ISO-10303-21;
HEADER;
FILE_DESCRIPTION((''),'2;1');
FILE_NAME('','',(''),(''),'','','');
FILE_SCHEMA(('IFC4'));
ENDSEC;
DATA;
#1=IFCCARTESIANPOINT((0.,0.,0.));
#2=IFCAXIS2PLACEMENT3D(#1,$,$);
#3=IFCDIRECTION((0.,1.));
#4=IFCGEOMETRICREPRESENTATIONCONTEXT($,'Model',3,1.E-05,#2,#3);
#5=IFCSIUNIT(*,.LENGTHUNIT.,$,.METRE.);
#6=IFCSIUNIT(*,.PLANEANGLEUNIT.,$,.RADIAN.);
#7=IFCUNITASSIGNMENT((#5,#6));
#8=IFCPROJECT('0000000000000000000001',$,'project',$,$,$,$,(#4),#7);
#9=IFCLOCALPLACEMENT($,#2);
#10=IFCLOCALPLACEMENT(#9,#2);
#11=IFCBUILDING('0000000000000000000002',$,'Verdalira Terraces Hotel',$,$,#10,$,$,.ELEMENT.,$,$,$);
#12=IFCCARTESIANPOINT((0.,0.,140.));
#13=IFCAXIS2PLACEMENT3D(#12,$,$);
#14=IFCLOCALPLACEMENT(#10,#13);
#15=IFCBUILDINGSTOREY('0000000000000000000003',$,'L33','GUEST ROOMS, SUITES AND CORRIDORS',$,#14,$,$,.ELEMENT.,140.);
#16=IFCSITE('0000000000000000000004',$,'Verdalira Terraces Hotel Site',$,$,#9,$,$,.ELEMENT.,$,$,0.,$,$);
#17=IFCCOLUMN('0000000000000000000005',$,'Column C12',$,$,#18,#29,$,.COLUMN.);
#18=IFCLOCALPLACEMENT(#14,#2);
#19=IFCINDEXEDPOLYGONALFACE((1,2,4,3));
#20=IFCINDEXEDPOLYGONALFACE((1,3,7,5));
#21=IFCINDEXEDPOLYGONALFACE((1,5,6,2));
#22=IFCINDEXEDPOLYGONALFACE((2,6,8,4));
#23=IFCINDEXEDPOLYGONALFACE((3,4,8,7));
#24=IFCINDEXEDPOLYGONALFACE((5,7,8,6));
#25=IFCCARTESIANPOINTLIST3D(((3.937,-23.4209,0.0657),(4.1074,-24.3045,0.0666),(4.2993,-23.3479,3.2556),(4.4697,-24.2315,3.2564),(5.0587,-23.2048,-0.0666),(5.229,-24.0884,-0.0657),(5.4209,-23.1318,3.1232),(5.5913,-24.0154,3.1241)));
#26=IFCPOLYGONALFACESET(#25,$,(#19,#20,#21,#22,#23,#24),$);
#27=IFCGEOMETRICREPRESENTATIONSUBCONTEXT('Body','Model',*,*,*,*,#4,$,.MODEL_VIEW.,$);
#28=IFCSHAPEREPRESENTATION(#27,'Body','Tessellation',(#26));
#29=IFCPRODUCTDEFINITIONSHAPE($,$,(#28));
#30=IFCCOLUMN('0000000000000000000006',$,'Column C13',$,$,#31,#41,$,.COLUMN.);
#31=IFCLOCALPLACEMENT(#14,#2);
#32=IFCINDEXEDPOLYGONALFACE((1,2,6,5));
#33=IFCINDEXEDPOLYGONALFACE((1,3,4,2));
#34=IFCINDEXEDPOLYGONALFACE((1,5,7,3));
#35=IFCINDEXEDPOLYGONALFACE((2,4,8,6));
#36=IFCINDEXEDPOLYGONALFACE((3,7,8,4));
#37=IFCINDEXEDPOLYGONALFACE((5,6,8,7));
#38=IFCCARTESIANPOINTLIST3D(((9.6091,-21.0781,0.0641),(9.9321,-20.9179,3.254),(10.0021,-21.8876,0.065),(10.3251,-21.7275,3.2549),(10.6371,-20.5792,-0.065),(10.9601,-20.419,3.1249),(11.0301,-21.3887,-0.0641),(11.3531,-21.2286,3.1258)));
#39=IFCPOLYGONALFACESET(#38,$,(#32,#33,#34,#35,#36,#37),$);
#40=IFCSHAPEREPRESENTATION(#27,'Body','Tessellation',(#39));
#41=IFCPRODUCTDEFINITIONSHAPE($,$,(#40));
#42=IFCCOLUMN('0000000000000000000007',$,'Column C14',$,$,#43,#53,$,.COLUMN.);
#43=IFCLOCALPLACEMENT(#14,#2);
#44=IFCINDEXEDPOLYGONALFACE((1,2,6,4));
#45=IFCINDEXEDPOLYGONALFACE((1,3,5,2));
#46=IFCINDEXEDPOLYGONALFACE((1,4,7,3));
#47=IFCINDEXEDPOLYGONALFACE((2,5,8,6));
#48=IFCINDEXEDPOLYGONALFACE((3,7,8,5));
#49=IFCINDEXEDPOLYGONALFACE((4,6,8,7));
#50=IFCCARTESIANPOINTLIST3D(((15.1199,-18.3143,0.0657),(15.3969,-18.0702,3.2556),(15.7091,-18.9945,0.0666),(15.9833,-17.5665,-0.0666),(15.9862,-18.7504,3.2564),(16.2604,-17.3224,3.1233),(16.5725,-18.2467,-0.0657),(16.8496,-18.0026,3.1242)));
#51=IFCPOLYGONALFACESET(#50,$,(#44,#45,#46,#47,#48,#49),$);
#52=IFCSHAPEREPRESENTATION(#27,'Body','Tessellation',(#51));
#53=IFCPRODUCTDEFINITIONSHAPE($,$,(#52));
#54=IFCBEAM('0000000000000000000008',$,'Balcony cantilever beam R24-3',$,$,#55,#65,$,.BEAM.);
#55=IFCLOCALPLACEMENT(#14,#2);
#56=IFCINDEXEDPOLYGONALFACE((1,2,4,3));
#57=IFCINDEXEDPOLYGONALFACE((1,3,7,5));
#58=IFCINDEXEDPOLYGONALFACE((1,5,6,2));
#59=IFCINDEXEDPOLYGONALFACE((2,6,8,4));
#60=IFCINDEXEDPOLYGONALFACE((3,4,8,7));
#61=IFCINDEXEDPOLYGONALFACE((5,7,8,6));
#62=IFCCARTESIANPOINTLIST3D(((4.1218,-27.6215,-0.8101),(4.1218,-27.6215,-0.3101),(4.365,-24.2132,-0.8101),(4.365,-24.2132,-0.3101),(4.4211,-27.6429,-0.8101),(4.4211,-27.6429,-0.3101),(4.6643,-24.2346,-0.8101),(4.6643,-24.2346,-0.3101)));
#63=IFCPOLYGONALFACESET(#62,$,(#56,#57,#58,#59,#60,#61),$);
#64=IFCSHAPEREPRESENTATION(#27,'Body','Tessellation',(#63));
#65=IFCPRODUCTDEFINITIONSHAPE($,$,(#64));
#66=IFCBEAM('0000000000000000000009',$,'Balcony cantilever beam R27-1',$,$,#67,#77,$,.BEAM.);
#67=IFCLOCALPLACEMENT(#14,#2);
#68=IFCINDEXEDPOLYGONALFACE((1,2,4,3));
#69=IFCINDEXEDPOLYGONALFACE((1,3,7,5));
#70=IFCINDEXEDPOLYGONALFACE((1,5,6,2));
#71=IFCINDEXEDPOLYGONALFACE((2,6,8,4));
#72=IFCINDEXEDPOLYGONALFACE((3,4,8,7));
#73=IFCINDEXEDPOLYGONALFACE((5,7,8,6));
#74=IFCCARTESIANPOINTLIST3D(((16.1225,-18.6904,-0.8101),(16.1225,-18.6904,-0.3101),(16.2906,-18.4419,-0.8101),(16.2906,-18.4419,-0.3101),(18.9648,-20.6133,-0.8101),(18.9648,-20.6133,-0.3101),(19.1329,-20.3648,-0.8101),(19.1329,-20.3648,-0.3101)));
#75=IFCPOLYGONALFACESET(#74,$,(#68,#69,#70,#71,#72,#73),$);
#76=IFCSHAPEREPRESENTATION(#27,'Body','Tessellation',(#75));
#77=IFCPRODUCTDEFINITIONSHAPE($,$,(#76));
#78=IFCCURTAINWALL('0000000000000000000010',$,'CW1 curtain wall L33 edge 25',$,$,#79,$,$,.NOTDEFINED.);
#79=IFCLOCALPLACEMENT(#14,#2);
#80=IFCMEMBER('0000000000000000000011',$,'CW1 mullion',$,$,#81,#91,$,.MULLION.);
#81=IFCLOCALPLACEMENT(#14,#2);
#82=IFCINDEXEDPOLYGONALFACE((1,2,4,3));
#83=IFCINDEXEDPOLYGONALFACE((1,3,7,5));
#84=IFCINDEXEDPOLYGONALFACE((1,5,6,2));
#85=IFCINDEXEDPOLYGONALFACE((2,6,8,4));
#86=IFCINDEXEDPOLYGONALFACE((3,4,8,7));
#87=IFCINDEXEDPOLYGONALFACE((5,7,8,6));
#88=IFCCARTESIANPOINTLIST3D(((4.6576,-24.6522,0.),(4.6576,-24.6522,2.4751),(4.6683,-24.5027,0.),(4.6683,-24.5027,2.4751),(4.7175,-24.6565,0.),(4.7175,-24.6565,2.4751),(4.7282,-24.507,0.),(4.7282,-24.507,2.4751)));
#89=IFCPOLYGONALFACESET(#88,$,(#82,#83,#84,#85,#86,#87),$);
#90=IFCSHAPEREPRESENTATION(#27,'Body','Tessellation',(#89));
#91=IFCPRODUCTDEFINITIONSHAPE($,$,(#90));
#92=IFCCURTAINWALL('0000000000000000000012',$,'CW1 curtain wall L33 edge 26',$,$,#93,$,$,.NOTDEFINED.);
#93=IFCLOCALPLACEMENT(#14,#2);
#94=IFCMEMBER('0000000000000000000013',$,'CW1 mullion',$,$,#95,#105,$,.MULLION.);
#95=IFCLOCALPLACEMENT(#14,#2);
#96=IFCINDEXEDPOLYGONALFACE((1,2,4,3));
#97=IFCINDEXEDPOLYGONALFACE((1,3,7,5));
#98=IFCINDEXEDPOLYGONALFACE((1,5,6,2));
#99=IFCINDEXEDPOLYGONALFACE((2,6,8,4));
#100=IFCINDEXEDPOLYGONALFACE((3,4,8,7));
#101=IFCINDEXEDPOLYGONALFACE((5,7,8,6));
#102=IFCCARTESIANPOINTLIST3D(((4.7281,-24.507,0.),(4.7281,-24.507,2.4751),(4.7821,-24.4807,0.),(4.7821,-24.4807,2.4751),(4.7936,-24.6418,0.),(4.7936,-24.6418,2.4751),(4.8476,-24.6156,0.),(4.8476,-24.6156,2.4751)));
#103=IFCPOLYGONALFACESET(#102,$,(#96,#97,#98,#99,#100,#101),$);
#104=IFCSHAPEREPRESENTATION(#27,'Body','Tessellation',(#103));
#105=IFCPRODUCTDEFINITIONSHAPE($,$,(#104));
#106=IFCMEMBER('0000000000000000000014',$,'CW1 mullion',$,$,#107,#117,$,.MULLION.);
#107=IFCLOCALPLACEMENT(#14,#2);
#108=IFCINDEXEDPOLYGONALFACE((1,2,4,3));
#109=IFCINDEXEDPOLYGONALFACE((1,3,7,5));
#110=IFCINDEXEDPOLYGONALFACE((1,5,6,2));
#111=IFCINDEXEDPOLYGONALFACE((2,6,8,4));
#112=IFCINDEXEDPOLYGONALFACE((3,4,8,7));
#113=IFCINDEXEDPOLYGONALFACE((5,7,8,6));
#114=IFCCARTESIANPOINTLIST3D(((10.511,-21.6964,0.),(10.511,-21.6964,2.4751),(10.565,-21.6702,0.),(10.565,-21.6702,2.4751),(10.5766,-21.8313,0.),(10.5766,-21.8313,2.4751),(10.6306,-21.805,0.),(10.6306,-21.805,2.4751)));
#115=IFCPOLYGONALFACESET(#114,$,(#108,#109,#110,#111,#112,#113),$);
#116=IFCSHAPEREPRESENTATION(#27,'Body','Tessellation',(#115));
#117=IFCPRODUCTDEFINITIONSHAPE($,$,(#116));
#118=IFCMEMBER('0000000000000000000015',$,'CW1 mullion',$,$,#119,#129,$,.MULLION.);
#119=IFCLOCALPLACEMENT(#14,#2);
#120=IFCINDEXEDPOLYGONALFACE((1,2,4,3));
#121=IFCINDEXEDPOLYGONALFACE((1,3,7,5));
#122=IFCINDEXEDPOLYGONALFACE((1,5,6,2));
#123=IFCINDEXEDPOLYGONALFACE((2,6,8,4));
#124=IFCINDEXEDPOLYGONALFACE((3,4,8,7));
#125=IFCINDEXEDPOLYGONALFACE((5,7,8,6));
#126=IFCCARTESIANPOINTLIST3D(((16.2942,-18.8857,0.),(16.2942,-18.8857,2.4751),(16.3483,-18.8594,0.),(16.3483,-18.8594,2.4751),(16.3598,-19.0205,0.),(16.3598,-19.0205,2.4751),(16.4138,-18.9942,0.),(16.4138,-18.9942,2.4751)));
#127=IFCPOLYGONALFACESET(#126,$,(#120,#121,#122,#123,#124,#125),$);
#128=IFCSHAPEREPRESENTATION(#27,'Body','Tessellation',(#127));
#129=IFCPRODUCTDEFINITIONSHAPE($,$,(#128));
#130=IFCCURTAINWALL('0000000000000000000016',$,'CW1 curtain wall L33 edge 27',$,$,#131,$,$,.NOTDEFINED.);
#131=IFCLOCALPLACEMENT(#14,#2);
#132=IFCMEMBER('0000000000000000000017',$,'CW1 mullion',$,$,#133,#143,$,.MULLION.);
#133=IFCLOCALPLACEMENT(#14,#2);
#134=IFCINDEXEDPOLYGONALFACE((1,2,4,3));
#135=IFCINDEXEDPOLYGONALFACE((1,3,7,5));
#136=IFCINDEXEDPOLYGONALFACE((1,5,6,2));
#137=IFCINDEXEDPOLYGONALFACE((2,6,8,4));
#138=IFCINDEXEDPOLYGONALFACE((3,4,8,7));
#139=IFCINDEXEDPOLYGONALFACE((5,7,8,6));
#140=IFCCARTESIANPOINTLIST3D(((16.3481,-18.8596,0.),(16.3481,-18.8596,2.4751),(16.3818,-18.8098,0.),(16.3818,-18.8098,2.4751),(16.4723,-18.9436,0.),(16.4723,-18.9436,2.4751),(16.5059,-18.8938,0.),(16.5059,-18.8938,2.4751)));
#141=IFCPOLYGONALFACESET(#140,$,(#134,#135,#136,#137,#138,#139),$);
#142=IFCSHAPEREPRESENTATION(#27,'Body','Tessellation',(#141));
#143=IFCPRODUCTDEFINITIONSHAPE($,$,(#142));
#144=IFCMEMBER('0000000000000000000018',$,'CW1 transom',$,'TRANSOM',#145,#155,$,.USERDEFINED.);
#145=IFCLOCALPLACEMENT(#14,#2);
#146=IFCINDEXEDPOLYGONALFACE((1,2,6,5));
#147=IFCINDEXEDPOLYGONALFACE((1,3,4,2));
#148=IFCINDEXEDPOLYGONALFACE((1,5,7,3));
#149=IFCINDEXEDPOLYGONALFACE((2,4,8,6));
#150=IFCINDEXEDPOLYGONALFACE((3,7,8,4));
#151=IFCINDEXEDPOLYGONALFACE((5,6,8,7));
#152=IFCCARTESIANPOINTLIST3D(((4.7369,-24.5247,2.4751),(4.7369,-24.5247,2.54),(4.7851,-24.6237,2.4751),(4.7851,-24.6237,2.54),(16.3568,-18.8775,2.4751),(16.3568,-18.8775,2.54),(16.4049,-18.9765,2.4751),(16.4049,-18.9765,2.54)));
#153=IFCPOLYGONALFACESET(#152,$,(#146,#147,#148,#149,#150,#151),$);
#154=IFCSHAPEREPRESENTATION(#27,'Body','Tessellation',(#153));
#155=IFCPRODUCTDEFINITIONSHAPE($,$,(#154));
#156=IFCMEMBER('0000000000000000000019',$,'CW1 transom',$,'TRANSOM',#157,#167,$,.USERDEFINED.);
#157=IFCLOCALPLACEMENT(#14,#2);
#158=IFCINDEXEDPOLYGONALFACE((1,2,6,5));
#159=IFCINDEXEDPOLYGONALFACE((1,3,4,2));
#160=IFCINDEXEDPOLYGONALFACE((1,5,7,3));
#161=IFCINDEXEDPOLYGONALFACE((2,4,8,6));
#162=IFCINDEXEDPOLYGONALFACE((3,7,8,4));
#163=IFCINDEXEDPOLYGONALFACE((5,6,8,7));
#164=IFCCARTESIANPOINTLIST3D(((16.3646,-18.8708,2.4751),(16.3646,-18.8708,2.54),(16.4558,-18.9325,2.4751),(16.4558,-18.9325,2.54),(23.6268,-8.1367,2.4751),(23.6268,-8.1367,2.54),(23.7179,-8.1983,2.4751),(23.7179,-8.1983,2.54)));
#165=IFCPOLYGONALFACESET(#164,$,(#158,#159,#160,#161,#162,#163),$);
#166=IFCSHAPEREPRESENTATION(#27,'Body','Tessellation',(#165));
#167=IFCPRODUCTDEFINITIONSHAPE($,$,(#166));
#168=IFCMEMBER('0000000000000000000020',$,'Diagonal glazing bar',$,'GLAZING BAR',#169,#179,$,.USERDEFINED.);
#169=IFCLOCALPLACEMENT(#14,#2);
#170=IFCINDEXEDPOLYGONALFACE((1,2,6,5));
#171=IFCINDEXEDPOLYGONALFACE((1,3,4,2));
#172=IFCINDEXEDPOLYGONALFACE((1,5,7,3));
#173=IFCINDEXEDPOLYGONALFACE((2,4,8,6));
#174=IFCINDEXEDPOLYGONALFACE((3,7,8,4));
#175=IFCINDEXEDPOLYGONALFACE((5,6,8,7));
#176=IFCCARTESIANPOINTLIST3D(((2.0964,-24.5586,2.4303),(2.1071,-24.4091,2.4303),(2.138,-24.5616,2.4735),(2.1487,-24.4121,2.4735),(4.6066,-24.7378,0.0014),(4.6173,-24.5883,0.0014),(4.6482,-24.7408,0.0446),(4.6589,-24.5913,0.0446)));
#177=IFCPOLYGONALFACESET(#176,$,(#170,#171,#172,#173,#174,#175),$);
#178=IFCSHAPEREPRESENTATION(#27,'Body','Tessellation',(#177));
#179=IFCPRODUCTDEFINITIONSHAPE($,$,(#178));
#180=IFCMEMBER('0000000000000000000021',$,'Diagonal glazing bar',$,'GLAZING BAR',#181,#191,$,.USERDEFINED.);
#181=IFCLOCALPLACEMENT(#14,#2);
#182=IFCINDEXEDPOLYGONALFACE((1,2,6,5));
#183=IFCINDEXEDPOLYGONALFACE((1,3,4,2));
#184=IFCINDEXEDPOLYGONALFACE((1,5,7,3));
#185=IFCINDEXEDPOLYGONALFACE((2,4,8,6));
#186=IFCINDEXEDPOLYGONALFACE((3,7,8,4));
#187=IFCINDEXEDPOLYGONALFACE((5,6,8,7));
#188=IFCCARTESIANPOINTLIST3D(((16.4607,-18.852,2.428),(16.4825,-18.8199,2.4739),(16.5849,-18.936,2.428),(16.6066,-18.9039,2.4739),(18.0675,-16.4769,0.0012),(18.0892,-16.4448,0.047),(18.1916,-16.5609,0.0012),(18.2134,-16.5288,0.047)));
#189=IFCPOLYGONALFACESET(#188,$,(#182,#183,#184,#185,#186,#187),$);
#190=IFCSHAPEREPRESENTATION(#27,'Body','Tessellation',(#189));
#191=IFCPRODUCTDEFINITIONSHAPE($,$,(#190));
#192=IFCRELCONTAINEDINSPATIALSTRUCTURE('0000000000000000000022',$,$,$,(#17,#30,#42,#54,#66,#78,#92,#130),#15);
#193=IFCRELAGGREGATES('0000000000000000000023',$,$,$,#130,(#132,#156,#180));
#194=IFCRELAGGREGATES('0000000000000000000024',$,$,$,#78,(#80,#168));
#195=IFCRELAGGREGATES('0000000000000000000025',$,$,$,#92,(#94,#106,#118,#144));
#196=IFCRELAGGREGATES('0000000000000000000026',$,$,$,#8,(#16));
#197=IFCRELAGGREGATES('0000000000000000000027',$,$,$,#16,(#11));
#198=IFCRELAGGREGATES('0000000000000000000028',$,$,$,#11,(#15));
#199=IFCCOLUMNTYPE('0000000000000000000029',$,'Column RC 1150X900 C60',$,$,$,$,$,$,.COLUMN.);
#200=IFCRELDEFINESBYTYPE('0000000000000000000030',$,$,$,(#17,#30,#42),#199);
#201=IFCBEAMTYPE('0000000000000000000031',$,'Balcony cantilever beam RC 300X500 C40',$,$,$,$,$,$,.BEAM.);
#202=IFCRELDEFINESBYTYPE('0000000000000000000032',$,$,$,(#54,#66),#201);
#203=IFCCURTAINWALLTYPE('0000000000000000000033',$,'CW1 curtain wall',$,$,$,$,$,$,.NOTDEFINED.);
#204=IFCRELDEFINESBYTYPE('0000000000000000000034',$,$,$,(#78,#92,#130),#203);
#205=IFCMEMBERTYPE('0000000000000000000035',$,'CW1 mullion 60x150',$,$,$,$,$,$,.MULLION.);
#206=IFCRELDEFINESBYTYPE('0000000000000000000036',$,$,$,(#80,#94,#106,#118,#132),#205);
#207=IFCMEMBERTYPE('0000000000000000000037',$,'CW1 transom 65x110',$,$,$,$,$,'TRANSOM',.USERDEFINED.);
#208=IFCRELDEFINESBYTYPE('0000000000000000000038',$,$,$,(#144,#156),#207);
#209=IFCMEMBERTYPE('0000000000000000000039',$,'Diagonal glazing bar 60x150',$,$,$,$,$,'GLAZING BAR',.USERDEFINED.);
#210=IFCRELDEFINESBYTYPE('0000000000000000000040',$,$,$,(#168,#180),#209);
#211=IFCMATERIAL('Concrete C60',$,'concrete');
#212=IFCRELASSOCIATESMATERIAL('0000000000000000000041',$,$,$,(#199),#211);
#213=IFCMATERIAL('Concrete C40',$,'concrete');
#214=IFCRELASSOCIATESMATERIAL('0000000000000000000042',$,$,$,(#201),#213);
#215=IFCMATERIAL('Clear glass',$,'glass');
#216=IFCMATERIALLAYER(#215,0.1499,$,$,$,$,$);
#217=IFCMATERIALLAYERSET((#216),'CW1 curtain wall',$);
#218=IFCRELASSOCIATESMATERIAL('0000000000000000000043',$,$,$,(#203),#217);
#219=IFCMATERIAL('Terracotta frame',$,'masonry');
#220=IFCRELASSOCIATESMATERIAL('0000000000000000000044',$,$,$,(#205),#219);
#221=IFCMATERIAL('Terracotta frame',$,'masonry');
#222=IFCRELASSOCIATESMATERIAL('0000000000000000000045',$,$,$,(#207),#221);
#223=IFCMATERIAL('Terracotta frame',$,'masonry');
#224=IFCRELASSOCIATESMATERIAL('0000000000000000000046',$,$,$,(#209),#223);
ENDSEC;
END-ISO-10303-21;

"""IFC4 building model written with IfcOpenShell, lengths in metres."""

from ifc_helpers import new_model, si_unit, direction, frame, origin, origin_2d, place, context, subcontext, project, spatial, rectangle, extrude, material, layer, layer_set, material_profile, profile_set, type_object, element, aggregate, save


model = new_model("IFC4")

# Units and contexts
model_context = context("Model", 3, precision=1e-05, world=origin(), true_north=direction((0.0, 1.0)))
body_context = subcontext(model_context, "Body", "Model", "MODEL_VIEW")
ifc_project = project(units=[si_unit("LENGTHUNIT", "METRE"), si_unit("PLANEANGLEUNIT", "RADIAN")], contexts=[model_context])

# Site, building, storey
site_placement = place(None, origin())
site = spatial("IfcSite", under=ifc_project, at=site_placement, Name="Verdalira Terraces Hotel Site", CompositionType="ELEMENT", RefElevation=0.0)
building_placement = place(site_placement, origin())
building = spatial("IfcBuilding", under=site, at=building_placement, Name="Verdalira Terraces Hotel", CompositionType="ELEMENT")
storey_placement = place(building_placement, frame((0.0, 0.0, 140.0)))
storey = spatial("IfcBuildingStorey", under=building, at=storey_placement, Name="L33", Description="GUEST ROOMS, SUITES AND CORRIDORS", CompositionType="ELEMENT", Elevation=140.0)

# Columns
ifc_material_1 = material(Name="Concrete C60", Category="concrete")
ifc_material_profile_1 = material_profile(ifc_material_1, rectangle(XDim=1.1499, YDim=0.8999, at=origin_2d()), Name="RC 1150X900")
ifc_profile_set_1 = profile_set([ifc_material_profile_1], Name="Concrete C60")
column_type = type_object("IfcColumnType", Name="Column RC 1150X900 C60", PredefinedType="COLUMN", material=ifc_profile_set_1)
column_1_placement = place(storey_placement, frame((4.583, -23.7546, 0.0), z_axis=(0.112823, 0.022732, 0.993355), x_axis=(-0.975417, -0.187927, 0.115086)))
element("IfcColumn", 1, at=column_1_placement, inside=storey, type_object=column_type, Name="Column C12", PredefinedType="COLUMN", context=body_context, shape_type="SweptSolid", body=[
    extrude(rectangle(XDim=1.1499, YDim=0.8999, at=origin_2d()), origin(), (0.0, 0.0, 1.0), 3.2112),
])
column_2_placement = place(storey_placement, frame((10.3196, -21.2334, 0.0), z_axis=(0.100615, 0.049889, 0.993674), x_axis=(0.893958, 0.433852, -0.1123)))
element("IfcColumn", 2, at=column_2_placement, inside=storey, type_object=column_type, Name="Column C13", PredefinedType="COLUMN", context=body_context, shape_type="SweptSolid", body=[
    extrude(rectangle(XDim=1.1499, YDim=0.8999, at=origin_2d()), origin(), (0.0, 0.0, 1.0), 3.2102),
])
column_3_placement = place(storey_placement, frame((15.8462, -18.2805, 0.0), z_axis=(0.08629, 0.076027, 0.993365), x_axis=(-0.75089, -0.650338, 0.115001)))
element("IfcColumn", 3, at=column_3_placement, inside=storey, type_object=column_type, Name="Column C14", PredefinedType="COLUMN", context=body_context, shape_type="SweptSolid", body=[
    extrude(rectangle(XDim=1.1499, YDim=0.8999, at=origin_2d()), origin(), (0.0, 0.0, 1.0), 3.2112),
])

# Beams
ifc_material_2 = material(Name="Concrete C40", Category="concrete")
ifc_material_profile_2 = material_profile(ifc_material_2, rectangle(XDim=0.3, YDim=0.5, at=origin_2d()), Name="RC 300X500")
ifc_profile_set_2 = profile_set([ifc_material_profile_2], Name="Concrete C40")
beam_type_1 = type_object("IfcBeamType", Name="Balcony cantilever beam RC 300X500 C40", PredefinedType="BEAM", material=ifc_profile_set_2)
beam_1_placement = place(storey_placement, frame((4.5146, -24.2239, -0.5601), z_axis=(-0.071161, -0.997465, 0.0), x_axis=(0.997465, -0.071161, 0.0)))
element("IfcBeam", 4, at=beam_1_placement, inside=storey, type_object=beam_type_1, Name="Balcony cantilever beam R24-3", PredefinedType="BEAM", context=body_context, shape_type="SweptSolid", body=[
    extrude(rectangle(XDim=0.3, YDim=0.5, at=origin_2d()), origin(), (0.0, 0.0, 1.0), 3.417),
])
beam_2_placement = place(storey_placement, frame((16.2065, -18.5662, -0.5601), z_axis=(0.828266, -0.560335, 0.0), x_axis=(0.560335, 0.828266, 0.0)))
element("IfcBeam", 5, at=beam_2_placement, inside=storey, type_object=beam_type_1, Name="Balcony cantilever beam R27-1", PredefinedType="BEAM", context=body_context, shape_type="SweptSolid", body=[
    extrude(rectangle(XDim=0.3, YDim=0.5, at=origin_2d()), origin(), (0.0, 0.0, 1.0), 3.4316),
])

# Curtain wall, member
ifc_material_3 = material(Name="Clear glass", Category="glass")
ifc_layer_1 = layer(ifc_material_3, 0.1499)
ifc_layer_set_1 = layer_set([ifc_layer_1], Name="CW1 curtain wall")
curtain_wall_type = type_object("IfcCurtainWallType", Name="CW1 curtain wall", PredefinedType="NOTDEFINED", material=ifc_layer_set_1)
curtain_wall_1_placement = place(storey_placement, origin())
curtain_wall_1 = element("IfcCurtainWall", 6, at=curtain_wall_1_placement, inside=storey, type_object=curtain_wall_type, Name="CW1 curtain wall L33 edge 25", PredefinedType="NOTDEFINED")
ifc_material_4 = material(Name="Terracotta frame", Category="masonry")
ifc_material_profile_3 = material_profile(ifc_material_4, rectangle(XDim=0.0601, YDim=0.1499, at=origin_2d()), Name="MU 60x150")
ifc_profile_set_3 = profile_set([ifc_material_profile_3], Name="Terracotta frame")
member_type_1 = type_object("IfcMemberType", Name="CW1 mullion 60x150", PredefinedType="MULLION", material=ifc_profile_set_3)
member_1_placement = place(storey_placement, frame((4.6929, -24.5796, 0.0), z_axis=(0.0, 0.0, 1.0), x_axis=(0.997466, -0.071149, 0.0)))
member_1 = element("IfcMember", 7, at=member_1_placement, type_object=member_type_1, Name="CW1 mullion", PredefinedType="MULLION", context=body_context, shape_type="SweptSolid", body=[
    extrude(rectangle(XDim=0.0601, YDim=0.1499, at=origin_2d()), origin(), (0.0, 0.0, 1.0), 2.4751),
])

# Curtain wall, members
curtain_wall_2_placement = place(storey_placement, origin())
curtain_wall_2 = element("IfcCurtainWall", 8, at=curtain_wall_2_placement, inside=storey, type_object=curtain_wall_type, Name="CW1 curtain wall L33 edge 26", PredefinedType="NOTDEFINED")
member_2_placement = place(storey_placement, frame((4.7878, -24.5613, 0.0), z_axis=(0.0, 0.0, 1.0), x_axis=(0.899405, 0.437116, 0.0)))
member_2 = element("IfcMember", 9, at=member_2_placement, type_object=member_type_1, Name="CW1 mullion", PredefinedType="MULLION", context=body_context, shape_type="SweptSolid", body=[
    extrude(rectangle(XDim=0.0601, YDim=0.1499, at=origin_2d()), origin(), (0.0, 0.0, 1.0), 2.4751),
])
member_3_placement = place(storey_placement, frame((10.5708, -21.7507, 0.0), z_axis=(0.0, 0.0, 1.0), x_axis=(0.899405, 0.437116, 0.0)))
member_3 = element("IfcMember", 10, at=member_3_placement, type_object=member_type_1, Name="CW1 mullion", PredefinedType="MULLION", context=body_context, shape_type="SweptSolid", body=[
    extrude(rectangle(XDim=0.0601, YDim=0.1499, at=origin_2d()), origin(), (0.0, 0.0, 1.0), 2.4751),
])
member_4_placement = place(storey_placement, frame((16.354, -18.9399, 0.0), z_axis=(0.0, 0.0, 1.0), x_axis=(0.899405, 0.437116, 0.0)))
member_4 = element("IfcMember", 11, at=member_4_placement, type_object=member_type_1, Name="CW1 mullion", PredefinedType="MULLION", context=body_context, shape_type="SweptSolid", body=[
    extrude(rectangle(XDim=0.0601, YDim=0.1499, at=origin_2d()), origin(), (0.0, 0.0, 1.0), 2.4751),
])

# Curtain wall, member
curtain_wall_3_placement = place(storey_placement, origin())
curtain_wall_3 = element("IfcCurtainWall", 12, at=curtain_wall_3_placement, inside=storey, type_object=curtain_wall_type, Name="CW1 curtain wall L33 edge 27", PredefinedType="NOTDEFINED")
member_5_placement = place(storey_placement, frame((16.427, -18.8767, 0.0), z_axis=(0.0, 0.0, 1.0), x_axis=(0.56035, 0.828256, 0.0)))
member_5 = element("IfcMember", 13, at=member_5_placement, type_object=member_type_1, Name="CW1 mullion", PredefinedType="MULLION", context=body_context, shape_type="SweptSolid", body=[
    extrude(rectangle(XDim=0.0601, YDim=0.1499, at=origin_2d()), origin(), (0.0, 0.0, 1.0), 2.4751),
])

# Members
ifc_material_5 = material(Name="Terracotta frame", Category="masonry")
ifc_material_profile_4 = material_profile(ifc_material_5, rectangle(XDim=0.1101, YDim=0.0649, at=origin_2d()), Name="TR 65x110")
ifc_profile_set_4 = profile_set([ifc_material_profile_4], Name="Terracotta frame")
member_type_2 = type_object("IfcMemberType", Name="CW1 transom 65x110", ElementType="TRANSOM", PredefinedType="USERDEFINED", material=ifc_profile_set_4)
member_6_placement = place(storey_placement, frame((4.761, -24.5742, 2.5076), z_axis=(0.899408, 0.437109, 0.0), x_axis=(-0.437109, 0.899408, 0.0)))
member_6 = element("IfcMember", 14, at=member_6_placement, type_object=member_type_2, Name="CW1 transom", ObjectType="TRANSOM", PredefinedType="USERDEFINED", context=body_context, shape_type="SweptSolid", body=[
    extrude(rectangle(XDim=0.1101, YDim=0.0649, at=origin_2d()), origin(), (0.0, 0.0, 1.0), 12.9194),
])
member_7_placement = place(storey_placement, frame((16.4102, -18.9016, 2.5076), z_axis=(0.560356, 0.828252, 0.0), x_axis=(-0.828252, 0.560356, 0.0)))
member_7 = element("IfcMember", 15, at=member_7_placement, type_object=member_type_2, Name="CW1 transom", ObjectType="TRANSOM", PredefinedType="USERDEFINED", context=body_context, shape_type="SweptSolid", body=[
    extrude(rectangle(XDim=0.1101, YDim=0.0649, at=origin_2d()), origin(), (0.0, 0.0, 1.0), 12.96),
])
ifc_material_6 = material(Name="Terracotta frame", Category="masonry")
ifc_material_profile_5 = material_profile(ifc_material_6, rectangle(XDim=0.1499, YDim=0.0601, at=origin_2d()), Name="GB 60x150")
ifc_profile_set_5 = profile_set([ifc_material_profile_5], Name="Terracotta frame")
member_type_3 = type_object("IfcMemberType", Name="Diagonal glazing bar 60x150", ElementType="GLAZING BAR", PredefinedType="USERDEFINED", material=ifc_profile_set_5)
member_8_placement = place(storey_placement, frame((2.1226, -24.4854, 2.4519), z_axis=(0.717704, -0.051235, -0.69446), x_axis=(0.071206, 0.997462, 0.0)))
member_8 = element("IfcMember", 16, at=member_8_placement, type_object=member_type_3, Name="Diagonal glazing bar", ObjectType="GLAZING BAR", PredefinedType="USERDEFINED", context=body_context, shape_type="SweptSolid", body=[
    extrude(rectangle(XDim=0.1499, YDim=0.0601, at=origin_2d()), origin(), (0.0, 0.0, 1.0), 3.4976),
])
member_9_placement = place(storey_placement, frame((16.5337, -18.8779, 2.4509), z_axis=(0.42771, 0.632239, -0.646017), x_axis=(-0.828272, 0.560327, 0.0)))
member_9 = element("IfcMember", 17, at=member_9_placement, type_object=member_type_3, Name="Diagonal glazing bar", ObjectType="GLAZING BAR", PredefinedType="USERDEFINED", context=body_context, shape_type="SweptSolid", body=[
    extrude(rectangle(XDim=0.1499, YDim=0.0601, at=origin_2d()), origin(), (0.0, 0.0, 1.0), 3.7566),
])
aggregate(curtain_wall_3, [member_5, member_7, member_9])

aggregate(curtain_wall_1, [member_1, member_8])
aggregate(curtain_wall_2, [member_2, member_3, member_4, member_6])

save(model, "model.ifc")
